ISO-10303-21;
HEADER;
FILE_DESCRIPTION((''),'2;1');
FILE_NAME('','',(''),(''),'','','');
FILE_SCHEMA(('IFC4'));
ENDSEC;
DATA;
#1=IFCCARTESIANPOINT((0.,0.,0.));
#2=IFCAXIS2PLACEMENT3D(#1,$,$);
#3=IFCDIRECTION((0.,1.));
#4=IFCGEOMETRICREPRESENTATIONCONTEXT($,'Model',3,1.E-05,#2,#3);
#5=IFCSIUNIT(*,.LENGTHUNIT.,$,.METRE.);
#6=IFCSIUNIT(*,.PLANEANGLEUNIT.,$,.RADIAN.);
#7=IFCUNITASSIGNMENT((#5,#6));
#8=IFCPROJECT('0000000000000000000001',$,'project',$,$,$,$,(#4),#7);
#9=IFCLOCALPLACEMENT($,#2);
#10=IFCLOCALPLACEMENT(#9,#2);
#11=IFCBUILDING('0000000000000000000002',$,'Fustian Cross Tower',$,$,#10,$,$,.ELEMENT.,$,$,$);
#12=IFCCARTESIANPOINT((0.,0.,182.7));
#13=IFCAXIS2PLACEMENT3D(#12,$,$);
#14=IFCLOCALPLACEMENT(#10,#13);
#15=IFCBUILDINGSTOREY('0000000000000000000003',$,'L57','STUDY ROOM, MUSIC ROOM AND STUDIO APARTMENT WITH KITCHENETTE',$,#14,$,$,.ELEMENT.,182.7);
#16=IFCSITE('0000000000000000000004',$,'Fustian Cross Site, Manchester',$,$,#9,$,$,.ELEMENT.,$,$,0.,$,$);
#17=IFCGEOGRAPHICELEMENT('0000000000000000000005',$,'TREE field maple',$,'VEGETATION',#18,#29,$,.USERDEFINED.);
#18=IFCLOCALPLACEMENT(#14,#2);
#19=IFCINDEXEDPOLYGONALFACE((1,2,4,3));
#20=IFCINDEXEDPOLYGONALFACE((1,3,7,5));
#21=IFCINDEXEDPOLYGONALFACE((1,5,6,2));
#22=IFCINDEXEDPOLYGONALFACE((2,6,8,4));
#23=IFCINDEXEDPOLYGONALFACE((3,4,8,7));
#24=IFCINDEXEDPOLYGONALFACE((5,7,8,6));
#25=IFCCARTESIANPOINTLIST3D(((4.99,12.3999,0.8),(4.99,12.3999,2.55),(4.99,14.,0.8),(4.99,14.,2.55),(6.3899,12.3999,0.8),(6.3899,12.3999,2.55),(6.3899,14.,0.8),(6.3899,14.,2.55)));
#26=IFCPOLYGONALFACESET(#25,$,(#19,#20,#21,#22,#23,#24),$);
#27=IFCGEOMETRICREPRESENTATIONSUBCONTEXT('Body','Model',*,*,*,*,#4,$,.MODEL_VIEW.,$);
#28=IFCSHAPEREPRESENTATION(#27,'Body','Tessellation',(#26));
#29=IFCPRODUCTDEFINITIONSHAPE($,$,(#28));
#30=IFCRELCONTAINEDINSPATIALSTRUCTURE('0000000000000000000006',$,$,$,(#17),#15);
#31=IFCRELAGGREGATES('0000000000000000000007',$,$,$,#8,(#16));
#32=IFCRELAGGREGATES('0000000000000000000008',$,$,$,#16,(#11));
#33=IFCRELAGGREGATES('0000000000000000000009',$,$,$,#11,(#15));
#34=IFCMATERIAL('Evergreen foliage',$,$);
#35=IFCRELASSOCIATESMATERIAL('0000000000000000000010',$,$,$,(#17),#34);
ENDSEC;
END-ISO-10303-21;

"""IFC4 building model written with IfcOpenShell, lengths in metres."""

from ifc_helpers import new_model, si_unit, direction, frame, origin, origin_2d, place, context, subcontext, project, spatial, rectangle, extrude, material, element, save


model = new_model("IFC4")

# Units and contexts
model_context = context("Model", 3, precision=1e-05, world=origin(), true_north=direction((0.0, 1.0)))
body_context = subcontext(model_context, "Body", "Model", "MODEL_VIEW")
ifc_project = project(units=[si_unit("LENGTHUNIT", "METRE"), si_unit("PLANEANGLEUNIT", "RADIAN")], contexts=[model_context])

# Site, building, storey
site_placement = place(None, origin())
site = spatial("IfcSite", under=ifc_project, at=site_placement, Name="Fustian Cross Site, Manchester", CompositionType="ELEMENT", RefElevation=0.0)
building_placement = place(site_placement, origin())
building = spatial("IfcBuilding", under=site, at=building_placement, Name="Fustian Cross Tower", CompositionType="ELEMENT")
storey_placement = place(building_placement, frame((0.0, 0.0, 182.7)))
storey = spatial("IfcBuildingStorey", under=building, at=storey_placement, Name="L57", Description="STUDY ROOM, MUSIC ROOM AND STUDIO APARTMENT WITH KITCHENETTE", CompositionType="ELEMENT", Elevation=182.7)

# Geographic element
ifc_material_1 = material(Name="Evergreen foliage")
geographic_element_placement = place(storey_placement, frame((5.6899, 13.2, 0.8), z_axis=(0.0, 0.0, 1.0), x_axis=(1.0, 0.0, 0.0)))
element("IfcGeographicElement", 1, at=geographic_element_placement, inside=storey, material=ifc_material_1, Name="TREE field maple", ObjectType="VEGETATION", PredefinedType="USERDEFINED", context=body_context, shape_type="SweptSolid", body=[
    extrude(rectangle(XDim=1.3999, YDim=1.6001, at=origin_2d()), origin(), (0.0, 0.0, 1.0), 1.75),
])

save(model, "model.ifc")
